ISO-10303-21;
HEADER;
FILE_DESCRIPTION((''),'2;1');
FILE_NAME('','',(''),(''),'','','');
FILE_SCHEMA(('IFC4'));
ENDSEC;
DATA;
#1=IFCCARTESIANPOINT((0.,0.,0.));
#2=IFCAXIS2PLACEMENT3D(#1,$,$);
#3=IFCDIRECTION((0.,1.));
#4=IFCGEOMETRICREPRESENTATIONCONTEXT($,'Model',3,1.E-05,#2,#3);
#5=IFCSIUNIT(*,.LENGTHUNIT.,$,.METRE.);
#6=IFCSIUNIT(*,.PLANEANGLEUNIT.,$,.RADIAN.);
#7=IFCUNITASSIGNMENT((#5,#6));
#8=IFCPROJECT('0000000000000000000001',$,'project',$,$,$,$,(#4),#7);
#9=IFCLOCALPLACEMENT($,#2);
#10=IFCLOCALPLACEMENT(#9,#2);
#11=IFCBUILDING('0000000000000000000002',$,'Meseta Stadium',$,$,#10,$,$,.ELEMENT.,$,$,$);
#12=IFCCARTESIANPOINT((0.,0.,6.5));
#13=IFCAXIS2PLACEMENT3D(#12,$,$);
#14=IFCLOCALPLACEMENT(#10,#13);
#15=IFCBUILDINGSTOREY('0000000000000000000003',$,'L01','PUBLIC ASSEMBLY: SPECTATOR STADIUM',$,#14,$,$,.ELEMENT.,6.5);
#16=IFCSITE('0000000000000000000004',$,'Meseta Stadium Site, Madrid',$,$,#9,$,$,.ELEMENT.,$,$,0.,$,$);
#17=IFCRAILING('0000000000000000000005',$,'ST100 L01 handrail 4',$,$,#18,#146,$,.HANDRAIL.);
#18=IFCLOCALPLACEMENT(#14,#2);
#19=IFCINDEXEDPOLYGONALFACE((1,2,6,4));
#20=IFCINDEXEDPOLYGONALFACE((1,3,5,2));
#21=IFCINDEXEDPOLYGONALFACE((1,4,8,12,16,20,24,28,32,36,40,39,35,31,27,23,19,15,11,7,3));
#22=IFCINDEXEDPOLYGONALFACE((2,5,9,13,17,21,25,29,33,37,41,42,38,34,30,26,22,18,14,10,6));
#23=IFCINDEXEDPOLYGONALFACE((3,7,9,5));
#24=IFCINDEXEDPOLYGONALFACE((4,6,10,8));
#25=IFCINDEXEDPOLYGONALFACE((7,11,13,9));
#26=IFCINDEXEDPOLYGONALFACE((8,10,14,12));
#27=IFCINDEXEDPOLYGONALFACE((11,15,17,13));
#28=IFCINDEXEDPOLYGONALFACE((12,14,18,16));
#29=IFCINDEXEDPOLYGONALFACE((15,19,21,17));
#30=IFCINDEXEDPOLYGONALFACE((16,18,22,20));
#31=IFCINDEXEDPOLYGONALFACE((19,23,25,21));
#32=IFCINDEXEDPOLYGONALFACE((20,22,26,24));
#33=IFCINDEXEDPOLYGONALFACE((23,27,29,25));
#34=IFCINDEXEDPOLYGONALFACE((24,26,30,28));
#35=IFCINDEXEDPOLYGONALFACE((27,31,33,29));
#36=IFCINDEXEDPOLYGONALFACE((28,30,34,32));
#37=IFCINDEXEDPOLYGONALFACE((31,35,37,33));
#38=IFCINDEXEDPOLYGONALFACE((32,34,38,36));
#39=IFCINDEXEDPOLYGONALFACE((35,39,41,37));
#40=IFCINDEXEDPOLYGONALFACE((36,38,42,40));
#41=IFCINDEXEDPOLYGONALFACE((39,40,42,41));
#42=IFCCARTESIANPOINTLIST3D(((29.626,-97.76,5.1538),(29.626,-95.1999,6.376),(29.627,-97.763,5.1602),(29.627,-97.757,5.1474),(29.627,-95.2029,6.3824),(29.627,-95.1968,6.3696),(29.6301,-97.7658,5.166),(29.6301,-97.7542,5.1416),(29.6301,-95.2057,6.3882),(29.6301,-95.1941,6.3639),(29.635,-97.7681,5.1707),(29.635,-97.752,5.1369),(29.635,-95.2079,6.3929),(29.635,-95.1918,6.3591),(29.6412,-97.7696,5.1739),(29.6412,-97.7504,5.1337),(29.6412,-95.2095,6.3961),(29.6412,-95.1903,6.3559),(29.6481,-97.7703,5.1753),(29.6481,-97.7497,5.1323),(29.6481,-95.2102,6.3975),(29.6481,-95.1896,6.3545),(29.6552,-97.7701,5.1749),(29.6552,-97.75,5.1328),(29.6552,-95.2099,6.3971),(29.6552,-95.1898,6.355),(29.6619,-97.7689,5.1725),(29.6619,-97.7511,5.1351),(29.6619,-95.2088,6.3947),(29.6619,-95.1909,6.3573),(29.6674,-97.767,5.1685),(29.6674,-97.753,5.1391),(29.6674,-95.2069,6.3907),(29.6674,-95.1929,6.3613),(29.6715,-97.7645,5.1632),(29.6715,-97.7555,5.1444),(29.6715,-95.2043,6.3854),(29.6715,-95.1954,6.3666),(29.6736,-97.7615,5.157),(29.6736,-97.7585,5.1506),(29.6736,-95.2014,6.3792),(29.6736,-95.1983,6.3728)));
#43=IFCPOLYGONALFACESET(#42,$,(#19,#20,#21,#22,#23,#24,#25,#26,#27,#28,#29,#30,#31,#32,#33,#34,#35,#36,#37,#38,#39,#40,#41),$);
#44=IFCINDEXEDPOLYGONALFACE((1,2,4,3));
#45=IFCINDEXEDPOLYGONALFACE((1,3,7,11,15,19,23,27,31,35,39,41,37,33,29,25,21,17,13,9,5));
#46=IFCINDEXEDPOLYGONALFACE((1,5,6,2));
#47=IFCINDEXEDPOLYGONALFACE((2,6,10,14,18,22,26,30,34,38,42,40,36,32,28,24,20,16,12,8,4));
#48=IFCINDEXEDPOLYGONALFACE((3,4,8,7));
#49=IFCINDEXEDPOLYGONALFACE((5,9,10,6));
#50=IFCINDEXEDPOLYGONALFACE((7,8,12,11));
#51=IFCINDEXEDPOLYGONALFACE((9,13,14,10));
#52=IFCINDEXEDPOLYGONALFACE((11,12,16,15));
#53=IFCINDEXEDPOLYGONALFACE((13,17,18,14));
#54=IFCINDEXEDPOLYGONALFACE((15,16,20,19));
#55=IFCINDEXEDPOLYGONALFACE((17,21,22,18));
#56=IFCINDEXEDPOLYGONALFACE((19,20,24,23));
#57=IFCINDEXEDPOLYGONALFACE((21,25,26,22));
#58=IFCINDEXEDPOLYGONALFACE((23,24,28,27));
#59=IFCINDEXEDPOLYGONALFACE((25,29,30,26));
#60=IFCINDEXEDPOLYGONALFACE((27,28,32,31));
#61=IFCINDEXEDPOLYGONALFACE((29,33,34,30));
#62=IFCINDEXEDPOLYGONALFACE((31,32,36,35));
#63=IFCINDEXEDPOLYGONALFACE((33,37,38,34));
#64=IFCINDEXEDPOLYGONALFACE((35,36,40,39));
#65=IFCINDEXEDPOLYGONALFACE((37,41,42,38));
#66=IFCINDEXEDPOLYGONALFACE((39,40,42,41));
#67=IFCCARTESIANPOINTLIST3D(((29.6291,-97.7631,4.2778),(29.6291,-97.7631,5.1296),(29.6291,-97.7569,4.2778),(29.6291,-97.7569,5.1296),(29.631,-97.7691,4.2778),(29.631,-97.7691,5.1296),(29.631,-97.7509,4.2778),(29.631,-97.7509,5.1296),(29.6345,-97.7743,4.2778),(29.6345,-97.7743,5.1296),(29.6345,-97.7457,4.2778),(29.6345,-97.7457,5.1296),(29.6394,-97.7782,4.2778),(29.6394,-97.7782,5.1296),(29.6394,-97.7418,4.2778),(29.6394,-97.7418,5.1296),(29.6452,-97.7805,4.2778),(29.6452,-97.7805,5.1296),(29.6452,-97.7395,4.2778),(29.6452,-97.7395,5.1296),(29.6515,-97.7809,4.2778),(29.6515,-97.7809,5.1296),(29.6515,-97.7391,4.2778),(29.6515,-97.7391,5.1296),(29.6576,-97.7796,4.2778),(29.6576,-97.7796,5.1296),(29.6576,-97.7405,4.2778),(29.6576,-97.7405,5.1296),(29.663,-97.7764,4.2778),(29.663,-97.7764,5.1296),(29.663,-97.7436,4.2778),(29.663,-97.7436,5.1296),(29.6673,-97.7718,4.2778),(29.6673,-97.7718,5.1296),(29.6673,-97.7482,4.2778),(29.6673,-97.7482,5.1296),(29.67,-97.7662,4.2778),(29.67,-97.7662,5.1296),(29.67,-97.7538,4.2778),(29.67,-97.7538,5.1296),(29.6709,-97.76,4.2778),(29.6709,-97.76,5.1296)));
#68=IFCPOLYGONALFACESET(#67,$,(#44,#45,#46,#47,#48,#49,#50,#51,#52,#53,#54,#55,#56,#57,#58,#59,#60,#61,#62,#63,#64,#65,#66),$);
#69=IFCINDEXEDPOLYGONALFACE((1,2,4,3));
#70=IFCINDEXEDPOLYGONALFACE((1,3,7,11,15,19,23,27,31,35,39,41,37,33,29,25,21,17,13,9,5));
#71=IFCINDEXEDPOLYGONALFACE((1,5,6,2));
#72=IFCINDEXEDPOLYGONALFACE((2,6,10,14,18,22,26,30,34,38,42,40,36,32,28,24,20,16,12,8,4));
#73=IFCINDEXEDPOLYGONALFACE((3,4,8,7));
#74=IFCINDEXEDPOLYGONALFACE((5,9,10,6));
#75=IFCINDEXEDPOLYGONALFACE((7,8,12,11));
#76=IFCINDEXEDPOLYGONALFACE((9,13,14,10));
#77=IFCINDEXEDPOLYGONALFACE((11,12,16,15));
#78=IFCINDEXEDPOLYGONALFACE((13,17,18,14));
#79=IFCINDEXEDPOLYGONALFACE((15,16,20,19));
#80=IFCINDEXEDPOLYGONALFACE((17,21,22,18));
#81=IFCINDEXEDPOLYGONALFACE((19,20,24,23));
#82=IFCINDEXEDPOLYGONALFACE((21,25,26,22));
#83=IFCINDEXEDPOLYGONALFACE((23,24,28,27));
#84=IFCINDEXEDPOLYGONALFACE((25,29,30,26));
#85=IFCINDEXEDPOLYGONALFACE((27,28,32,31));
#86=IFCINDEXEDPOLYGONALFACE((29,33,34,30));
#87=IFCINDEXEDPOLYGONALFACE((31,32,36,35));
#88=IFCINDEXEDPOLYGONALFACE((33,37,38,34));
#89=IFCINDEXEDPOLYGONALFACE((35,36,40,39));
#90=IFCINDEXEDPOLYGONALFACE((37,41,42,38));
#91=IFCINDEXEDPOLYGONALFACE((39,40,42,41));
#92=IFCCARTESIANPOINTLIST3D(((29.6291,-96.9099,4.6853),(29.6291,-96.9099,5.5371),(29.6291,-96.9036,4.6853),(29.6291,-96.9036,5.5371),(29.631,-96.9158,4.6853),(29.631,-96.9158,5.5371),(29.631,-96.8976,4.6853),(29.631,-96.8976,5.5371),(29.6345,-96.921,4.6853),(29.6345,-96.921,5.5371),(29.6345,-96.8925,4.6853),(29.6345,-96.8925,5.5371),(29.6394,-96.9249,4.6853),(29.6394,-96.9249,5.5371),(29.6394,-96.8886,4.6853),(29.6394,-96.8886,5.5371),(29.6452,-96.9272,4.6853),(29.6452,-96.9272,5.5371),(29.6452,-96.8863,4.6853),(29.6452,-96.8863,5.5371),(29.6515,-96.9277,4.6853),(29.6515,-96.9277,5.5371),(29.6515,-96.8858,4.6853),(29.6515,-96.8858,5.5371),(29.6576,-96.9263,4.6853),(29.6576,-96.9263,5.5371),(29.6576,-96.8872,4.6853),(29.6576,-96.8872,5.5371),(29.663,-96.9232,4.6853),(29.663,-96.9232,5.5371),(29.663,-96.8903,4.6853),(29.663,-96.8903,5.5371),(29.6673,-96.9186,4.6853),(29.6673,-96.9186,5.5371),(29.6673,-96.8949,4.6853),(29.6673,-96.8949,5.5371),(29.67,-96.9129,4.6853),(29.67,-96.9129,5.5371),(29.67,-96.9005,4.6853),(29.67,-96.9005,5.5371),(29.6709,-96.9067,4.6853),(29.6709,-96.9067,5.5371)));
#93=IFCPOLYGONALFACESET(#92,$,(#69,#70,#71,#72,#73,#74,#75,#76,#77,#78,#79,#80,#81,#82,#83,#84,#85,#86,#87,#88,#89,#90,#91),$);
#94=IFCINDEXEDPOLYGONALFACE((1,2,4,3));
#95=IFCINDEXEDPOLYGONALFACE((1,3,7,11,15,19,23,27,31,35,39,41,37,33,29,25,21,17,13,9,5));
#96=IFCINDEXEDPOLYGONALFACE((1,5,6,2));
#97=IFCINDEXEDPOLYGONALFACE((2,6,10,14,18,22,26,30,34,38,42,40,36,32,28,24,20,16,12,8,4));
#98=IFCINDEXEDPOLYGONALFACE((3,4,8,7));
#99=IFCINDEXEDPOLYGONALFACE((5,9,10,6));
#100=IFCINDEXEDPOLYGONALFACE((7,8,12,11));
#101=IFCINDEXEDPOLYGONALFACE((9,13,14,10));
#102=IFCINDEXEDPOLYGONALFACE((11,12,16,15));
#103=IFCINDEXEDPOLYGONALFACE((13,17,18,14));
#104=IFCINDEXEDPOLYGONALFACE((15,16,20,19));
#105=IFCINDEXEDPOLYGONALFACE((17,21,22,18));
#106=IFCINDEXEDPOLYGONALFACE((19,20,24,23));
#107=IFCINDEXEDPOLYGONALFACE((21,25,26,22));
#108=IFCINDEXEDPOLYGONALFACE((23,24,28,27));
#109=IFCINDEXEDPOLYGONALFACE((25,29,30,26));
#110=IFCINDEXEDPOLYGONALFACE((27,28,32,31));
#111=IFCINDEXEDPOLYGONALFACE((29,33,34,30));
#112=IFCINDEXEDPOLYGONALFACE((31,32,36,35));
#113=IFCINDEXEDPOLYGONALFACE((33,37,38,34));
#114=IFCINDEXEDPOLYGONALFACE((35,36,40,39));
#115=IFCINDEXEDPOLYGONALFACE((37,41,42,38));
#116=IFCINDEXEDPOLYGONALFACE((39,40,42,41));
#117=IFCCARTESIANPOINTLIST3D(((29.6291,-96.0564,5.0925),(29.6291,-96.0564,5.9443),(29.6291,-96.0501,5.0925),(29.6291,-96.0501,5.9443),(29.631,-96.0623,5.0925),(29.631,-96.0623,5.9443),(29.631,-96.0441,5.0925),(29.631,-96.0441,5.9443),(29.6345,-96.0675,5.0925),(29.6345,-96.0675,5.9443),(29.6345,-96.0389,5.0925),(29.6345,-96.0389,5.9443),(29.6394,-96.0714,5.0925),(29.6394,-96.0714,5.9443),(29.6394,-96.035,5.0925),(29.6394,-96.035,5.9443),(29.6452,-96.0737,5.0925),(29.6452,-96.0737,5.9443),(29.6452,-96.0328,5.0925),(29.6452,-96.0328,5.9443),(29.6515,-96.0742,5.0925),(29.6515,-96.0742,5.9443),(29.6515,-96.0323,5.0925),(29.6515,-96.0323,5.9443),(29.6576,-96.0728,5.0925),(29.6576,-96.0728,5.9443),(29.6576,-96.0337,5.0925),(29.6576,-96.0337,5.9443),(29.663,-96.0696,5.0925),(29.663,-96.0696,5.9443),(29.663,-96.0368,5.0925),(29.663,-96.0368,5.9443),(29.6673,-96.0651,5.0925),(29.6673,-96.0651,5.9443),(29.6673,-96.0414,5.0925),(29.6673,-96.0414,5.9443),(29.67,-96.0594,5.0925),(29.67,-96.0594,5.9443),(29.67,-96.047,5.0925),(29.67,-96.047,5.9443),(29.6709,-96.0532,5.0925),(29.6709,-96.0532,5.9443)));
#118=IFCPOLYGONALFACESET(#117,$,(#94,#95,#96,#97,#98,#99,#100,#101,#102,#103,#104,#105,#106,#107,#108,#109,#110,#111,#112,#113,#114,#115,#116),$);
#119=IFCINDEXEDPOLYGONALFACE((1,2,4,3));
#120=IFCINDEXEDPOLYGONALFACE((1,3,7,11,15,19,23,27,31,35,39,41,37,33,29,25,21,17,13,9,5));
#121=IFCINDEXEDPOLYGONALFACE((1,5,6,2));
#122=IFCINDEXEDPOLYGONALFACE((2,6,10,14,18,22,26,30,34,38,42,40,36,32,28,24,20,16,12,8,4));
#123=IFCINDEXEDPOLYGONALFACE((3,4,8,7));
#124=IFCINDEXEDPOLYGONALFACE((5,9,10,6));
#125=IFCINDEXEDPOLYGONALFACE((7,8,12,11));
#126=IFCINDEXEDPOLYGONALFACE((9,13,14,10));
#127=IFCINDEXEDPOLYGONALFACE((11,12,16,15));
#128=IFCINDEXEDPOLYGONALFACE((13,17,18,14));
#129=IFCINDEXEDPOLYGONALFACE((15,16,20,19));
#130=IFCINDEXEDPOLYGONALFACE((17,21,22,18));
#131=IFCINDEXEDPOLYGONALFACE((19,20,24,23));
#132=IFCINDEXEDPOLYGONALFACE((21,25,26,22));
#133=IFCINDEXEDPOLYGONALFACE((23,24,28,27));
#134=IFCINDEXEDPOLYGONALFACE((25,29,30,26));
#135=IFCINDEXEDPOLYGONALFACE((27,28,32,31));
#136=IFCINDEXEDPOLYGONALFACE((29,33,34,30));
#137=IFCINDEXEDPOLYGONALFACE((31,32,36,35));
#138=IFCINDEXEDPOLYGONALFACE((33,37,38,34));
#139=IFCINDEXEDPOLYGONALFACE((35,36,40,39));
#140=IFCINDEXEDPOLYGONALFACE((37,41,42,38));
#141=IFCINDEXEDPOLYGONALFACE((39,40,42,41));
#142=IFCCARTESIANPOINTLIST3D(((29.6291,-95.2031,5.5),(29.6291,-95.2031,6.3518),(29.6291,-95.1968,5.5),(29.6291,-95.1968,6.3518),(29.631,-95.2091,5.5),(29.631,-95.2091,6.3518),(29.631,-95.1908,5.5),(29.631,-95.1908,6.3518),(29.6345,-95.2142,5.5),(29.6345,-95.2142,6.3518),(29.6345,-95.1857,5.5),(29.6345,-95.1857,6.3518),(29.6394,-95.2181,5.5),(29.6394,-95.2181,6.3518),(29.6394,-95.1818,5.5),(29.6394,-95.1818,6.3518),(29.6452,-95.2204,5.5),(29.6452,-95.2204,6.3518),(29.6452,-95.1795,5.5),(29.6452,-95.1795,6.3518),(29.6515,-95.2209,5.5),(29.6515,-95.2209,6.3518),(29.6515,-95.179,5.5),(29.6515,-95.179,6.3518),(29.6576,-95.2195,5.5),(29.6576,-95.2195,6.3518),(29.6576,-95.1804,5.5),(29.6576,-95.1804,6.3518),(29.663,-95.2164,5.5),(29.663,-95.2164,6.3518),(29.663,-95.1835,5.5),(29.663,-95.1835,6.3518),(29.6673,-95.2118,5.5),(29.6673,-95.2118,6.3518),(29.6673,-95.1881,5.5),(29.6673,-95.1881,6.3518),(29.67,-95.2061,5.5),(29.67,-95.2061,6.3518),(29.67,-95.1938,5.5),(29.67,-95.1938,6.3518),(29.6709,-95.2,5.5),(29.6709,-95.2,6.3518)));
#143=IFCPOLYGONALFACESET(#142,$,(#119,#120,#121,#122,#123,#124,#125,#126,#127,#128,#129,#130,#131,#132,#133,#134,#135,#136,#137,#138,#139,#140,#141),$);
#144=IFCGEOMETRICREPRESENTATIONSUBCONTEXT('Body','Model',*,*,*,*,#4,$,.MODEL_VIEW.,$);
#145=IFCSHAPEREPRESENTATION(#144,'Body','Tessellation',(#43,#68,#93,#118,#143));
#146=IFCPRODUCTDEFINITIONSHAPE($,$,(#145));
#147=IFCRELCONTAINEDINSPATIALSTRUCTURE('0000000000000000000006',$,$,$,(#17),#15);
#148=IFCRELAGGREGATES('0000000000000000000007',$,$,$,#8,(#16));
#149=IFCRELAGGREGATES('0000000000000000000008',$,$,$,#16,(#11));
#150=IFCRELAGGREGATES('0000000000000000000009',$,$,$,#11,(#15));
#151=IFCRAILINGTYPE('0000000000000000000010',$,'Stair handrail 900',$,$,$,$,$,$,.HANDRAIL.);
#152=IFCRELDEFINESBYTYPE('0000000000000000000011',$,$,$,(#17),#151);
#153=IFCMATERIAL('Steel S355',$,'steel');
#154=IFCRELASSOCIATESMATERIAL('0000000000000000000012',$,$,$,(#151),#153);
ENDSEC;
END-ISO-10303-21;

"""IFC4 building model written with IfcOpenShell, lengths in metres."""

from ifc_helpers import new_model, si_unit, direction, frame, origin, origin_2d, place, context, subcontext, project, spatial, circle, extrude, material, type_object, element, save


model = new_model("IFC4")

# Units and contexts
model_context = context("Model", 3, precision=1e-05, world=origin(), true_north=direction((0.0, 1.0)))
body_context = subcontext(model_context, "Body", "Model", "MODEL_VIEW")
ifc_project = project(units=[si_unit("LENGTHUNIT", "METRE"), si_unit("PLANEANGLEUNIT", "RADIAN")], contexts=[model_context])

# Site, building, storey
site_placement = place(None, origin())
site = spatial("IfcSite", under=ifc_project, at=site_placement, Name="Meseta Stadium Site, Madrid", CompositionType="ELEMENT", RefElevation=0.0)
building_placement = place(site_placement, origin())
building = spatial("IfcBuilding", under=site, at=building_placement, Name="Meseta Stadium", CompositionType="ELEMENT")
storey_placement = place(building_placement, frame((0.0, 0.0, 6.5)))
storey = spatial("IfcBuildingStorey", under=building, at=storey_placement, Name="L01", Description="PUBLIC ASSEMBLY: SPECTATOR STADIUM", CompositionType="ELEMENT", Elevation=6.5)

# Railing
ifc_material_1 = material(Name="Steel S355", Category="steel")
railing_type_1 = type_object("IfcRailingType", Name="Stair handrail 900", PredefinedType="HANDRAIL", material=ifc_material_1)
railing_1_placement = place(storey_placement, frame((29.6499, -97.76, 4.2778)))
element("IfcRailing", 1, at=railing_1_placement, inside=storey, type_object=railing_type_1, Name="ST100 L01 handrail 4", PredefinedType="HANDRAIL", context=body_context, shape_type="SweptSolid", body=[
    extrude(circle(Radius=0.0239, at=origin_2d()), frame((0.0, 0.0, 0.876), z_axis=(0.0, 0.902437, 0.430822), x_axis=(-1.0, 0.0, 0.0)), (0.0, 0.0, 1.0), 2.8369),
    extrude(circle(Radius=0.021, at=origin_2d()), origin(), (0.0, 0.0, 1.0), 0.8518),
    extrude(circle(Radius=0.021, at=origin_2d()), frame((0.0, 0.8533, 0.4075)), (0.0, 0.0, 1.0), 0.8518),
    extrude(circle(Radius=0.021, at=origin_2d()), frame((0.0, 1.7068, 0.8147)), (0.0, 0.0, 1.0), 0.8518),
    extrude(circle(Radius=0.021, at=origin_2d()), frame((0.0, 2.5601, 1.2222)), (0.0, 0.0, 1.0), 0.8518),
])

save(model, "model.ifc")
